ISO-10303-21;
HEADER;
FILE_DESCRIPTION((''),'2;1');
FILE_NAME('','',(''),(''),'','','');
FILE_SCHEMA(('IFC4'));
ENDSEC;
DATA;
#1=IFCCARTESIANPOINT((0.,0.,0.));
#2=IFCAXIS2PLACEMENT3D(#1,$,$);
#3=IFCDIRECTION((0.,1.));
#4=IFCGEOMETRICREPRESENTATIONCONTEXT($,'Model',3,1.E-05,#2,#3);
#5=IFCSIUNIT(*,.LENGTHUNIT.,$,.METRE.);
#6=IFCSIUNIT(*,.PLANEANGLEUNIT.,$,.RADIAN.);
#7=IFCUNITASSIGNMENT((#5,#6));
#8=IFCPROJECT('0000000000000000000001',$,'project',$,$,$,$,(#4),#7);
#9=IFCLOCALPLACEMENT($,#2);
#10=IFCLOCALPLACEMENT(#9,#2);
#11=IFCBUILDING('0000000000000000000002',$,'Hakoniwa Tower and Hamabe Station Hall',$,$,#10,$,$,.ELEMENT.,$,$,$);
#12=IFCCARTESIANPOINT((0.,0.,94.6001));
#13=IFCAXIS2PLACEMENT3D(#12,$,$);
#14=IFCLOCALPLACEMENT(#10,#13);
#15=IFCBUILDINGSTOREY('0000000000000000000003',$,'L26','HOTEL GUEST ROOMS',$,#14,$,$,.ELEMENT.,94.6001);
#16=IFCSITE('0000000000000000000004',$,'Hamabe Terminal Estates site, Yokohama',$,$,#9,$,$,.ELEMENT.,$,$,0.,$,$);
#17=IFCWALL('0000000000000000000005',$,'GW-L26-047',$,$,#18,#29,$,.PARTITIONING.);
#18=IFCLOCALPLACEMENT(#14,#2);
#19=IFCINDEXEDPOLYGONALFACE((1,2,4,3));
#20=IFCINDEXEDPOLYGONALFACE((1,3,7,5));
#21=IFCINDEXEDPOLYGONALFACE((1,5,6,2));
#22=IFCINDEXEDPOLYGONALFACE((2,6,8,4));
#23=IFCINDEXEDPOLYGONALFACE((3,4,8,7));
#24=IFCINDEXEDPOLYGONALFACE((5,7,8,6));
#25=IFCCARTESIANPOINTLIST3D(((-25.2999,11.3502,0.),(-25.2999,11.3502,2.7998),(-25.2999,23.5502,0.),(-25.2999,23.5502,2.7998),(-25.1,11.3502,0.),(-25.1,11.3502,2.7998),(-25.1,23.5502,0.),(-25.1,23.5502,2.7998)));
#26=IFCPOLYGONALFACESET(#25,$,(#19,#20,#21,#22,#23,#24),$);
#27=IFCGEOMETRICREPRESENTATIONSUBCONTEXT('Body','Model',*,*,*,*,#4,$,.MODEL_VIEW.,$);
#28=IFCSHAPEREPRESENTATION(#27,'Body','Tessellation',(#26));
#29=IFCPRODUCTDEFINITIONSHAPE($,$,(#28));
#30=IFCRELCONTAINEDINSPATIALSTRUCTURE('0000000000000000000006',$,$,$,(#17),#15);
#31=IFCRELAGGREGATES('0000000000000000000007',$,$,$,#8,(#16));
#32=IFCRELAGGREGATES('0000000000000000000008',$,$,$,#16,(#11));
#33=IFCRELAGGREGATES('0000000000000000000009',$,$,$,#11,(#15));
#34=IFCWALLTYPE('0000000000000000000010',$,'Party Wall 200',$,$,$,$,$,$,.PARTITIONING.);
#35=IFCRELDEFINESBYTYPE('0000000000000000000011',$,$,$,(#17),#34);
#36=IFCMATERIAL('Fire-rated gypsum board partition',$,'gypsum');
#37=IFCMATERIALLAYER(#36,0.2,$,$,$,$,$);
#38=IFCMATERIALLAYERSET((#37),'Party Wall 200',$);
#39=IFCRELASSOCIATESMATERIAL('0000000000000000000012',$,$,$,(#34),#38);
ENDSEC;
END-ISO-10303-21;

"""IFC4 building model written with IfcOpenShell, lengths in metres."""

from ifc_helpers import new_model, si_unit, direction, frame, frame_2d, origin, place, context, subcontext, project, spatial, rectangle, extrude, material, layer, layer_set, type_object, element, save


model = new_model("IFC4")

# Units and contexts
model_context = context("Model", 3, precision=1e-05, world=origin(), true_north=direction((0.0, 1.0)))
body_context = subcontext(model_context, "Body", "Model", "MODEL_VIEW")
ifc_project = project(units=[si_unit("LENGTHUNIT", "METRE"), si_unit("PLANEANGLEUNIT", "RADIAN")], contexts=[model_context])

# Site, building, storey
site_placement = place(None, origin())
site = spatial("IfcSite", under=ifc_project, at=site_placement, Name="Hamabe Terminal Estates site, Yokohama", CompositionType="ELEMENT", RefElevation=0.0)
building_placement = place(site_placement, origin())
building = spatial("IfcBuilding", under=site, at=building_placement, Name="Hakoniwa Tower and Hamabe Station Hall", CompositionType="ELEMENT")
storey_placement = place(building_placement, frame((0.0, 0.0, 94.6001)))
storey = spatial("IfcBuildingStorey", under=building, at=storey_placement, Name="L26", Description="HOTEL GUEST ROOMS", CompositionType="ELEMENT", Elevation=94.6001)

# Wall
ifc_material_1 = material(Name="Fire-rated gypsum board partition", Category="gypsum")
ifc_layer_1 = layer(ifc_material_1, 0.2)
ifc_layer_set_1 = layer_set([ifc_layer_1], Name="Party Wall 200")
wall_type_1 = type_object("IfcWallType", Name="Party Wall 200", PredefinedType="PARTITIONING", material=ifc_layer_set_1)
wall_1_placement = place(storey_placement, frame((-25.2, 11.3501, 0.0), z_axis=(0.0, 0.0, 1.0), x_axis=(0.0, 1.0, 0.0)))
element("IfcWall", 1, at=wall_1_placement, inside=storey, type_object=wall_type_1, Name="GW-L26-047", PredefinedType="PARTITIONING", context=body_context, shape_type="SweptSolid", body=[
    extrude(rectangle(XDim=12.2, YDim=0.2, at=frame_2d((6.1001, 0.0))), origin(), (0.0, 0.0, 1.0), 2.7998),
])

save(model, "model.ifc")
